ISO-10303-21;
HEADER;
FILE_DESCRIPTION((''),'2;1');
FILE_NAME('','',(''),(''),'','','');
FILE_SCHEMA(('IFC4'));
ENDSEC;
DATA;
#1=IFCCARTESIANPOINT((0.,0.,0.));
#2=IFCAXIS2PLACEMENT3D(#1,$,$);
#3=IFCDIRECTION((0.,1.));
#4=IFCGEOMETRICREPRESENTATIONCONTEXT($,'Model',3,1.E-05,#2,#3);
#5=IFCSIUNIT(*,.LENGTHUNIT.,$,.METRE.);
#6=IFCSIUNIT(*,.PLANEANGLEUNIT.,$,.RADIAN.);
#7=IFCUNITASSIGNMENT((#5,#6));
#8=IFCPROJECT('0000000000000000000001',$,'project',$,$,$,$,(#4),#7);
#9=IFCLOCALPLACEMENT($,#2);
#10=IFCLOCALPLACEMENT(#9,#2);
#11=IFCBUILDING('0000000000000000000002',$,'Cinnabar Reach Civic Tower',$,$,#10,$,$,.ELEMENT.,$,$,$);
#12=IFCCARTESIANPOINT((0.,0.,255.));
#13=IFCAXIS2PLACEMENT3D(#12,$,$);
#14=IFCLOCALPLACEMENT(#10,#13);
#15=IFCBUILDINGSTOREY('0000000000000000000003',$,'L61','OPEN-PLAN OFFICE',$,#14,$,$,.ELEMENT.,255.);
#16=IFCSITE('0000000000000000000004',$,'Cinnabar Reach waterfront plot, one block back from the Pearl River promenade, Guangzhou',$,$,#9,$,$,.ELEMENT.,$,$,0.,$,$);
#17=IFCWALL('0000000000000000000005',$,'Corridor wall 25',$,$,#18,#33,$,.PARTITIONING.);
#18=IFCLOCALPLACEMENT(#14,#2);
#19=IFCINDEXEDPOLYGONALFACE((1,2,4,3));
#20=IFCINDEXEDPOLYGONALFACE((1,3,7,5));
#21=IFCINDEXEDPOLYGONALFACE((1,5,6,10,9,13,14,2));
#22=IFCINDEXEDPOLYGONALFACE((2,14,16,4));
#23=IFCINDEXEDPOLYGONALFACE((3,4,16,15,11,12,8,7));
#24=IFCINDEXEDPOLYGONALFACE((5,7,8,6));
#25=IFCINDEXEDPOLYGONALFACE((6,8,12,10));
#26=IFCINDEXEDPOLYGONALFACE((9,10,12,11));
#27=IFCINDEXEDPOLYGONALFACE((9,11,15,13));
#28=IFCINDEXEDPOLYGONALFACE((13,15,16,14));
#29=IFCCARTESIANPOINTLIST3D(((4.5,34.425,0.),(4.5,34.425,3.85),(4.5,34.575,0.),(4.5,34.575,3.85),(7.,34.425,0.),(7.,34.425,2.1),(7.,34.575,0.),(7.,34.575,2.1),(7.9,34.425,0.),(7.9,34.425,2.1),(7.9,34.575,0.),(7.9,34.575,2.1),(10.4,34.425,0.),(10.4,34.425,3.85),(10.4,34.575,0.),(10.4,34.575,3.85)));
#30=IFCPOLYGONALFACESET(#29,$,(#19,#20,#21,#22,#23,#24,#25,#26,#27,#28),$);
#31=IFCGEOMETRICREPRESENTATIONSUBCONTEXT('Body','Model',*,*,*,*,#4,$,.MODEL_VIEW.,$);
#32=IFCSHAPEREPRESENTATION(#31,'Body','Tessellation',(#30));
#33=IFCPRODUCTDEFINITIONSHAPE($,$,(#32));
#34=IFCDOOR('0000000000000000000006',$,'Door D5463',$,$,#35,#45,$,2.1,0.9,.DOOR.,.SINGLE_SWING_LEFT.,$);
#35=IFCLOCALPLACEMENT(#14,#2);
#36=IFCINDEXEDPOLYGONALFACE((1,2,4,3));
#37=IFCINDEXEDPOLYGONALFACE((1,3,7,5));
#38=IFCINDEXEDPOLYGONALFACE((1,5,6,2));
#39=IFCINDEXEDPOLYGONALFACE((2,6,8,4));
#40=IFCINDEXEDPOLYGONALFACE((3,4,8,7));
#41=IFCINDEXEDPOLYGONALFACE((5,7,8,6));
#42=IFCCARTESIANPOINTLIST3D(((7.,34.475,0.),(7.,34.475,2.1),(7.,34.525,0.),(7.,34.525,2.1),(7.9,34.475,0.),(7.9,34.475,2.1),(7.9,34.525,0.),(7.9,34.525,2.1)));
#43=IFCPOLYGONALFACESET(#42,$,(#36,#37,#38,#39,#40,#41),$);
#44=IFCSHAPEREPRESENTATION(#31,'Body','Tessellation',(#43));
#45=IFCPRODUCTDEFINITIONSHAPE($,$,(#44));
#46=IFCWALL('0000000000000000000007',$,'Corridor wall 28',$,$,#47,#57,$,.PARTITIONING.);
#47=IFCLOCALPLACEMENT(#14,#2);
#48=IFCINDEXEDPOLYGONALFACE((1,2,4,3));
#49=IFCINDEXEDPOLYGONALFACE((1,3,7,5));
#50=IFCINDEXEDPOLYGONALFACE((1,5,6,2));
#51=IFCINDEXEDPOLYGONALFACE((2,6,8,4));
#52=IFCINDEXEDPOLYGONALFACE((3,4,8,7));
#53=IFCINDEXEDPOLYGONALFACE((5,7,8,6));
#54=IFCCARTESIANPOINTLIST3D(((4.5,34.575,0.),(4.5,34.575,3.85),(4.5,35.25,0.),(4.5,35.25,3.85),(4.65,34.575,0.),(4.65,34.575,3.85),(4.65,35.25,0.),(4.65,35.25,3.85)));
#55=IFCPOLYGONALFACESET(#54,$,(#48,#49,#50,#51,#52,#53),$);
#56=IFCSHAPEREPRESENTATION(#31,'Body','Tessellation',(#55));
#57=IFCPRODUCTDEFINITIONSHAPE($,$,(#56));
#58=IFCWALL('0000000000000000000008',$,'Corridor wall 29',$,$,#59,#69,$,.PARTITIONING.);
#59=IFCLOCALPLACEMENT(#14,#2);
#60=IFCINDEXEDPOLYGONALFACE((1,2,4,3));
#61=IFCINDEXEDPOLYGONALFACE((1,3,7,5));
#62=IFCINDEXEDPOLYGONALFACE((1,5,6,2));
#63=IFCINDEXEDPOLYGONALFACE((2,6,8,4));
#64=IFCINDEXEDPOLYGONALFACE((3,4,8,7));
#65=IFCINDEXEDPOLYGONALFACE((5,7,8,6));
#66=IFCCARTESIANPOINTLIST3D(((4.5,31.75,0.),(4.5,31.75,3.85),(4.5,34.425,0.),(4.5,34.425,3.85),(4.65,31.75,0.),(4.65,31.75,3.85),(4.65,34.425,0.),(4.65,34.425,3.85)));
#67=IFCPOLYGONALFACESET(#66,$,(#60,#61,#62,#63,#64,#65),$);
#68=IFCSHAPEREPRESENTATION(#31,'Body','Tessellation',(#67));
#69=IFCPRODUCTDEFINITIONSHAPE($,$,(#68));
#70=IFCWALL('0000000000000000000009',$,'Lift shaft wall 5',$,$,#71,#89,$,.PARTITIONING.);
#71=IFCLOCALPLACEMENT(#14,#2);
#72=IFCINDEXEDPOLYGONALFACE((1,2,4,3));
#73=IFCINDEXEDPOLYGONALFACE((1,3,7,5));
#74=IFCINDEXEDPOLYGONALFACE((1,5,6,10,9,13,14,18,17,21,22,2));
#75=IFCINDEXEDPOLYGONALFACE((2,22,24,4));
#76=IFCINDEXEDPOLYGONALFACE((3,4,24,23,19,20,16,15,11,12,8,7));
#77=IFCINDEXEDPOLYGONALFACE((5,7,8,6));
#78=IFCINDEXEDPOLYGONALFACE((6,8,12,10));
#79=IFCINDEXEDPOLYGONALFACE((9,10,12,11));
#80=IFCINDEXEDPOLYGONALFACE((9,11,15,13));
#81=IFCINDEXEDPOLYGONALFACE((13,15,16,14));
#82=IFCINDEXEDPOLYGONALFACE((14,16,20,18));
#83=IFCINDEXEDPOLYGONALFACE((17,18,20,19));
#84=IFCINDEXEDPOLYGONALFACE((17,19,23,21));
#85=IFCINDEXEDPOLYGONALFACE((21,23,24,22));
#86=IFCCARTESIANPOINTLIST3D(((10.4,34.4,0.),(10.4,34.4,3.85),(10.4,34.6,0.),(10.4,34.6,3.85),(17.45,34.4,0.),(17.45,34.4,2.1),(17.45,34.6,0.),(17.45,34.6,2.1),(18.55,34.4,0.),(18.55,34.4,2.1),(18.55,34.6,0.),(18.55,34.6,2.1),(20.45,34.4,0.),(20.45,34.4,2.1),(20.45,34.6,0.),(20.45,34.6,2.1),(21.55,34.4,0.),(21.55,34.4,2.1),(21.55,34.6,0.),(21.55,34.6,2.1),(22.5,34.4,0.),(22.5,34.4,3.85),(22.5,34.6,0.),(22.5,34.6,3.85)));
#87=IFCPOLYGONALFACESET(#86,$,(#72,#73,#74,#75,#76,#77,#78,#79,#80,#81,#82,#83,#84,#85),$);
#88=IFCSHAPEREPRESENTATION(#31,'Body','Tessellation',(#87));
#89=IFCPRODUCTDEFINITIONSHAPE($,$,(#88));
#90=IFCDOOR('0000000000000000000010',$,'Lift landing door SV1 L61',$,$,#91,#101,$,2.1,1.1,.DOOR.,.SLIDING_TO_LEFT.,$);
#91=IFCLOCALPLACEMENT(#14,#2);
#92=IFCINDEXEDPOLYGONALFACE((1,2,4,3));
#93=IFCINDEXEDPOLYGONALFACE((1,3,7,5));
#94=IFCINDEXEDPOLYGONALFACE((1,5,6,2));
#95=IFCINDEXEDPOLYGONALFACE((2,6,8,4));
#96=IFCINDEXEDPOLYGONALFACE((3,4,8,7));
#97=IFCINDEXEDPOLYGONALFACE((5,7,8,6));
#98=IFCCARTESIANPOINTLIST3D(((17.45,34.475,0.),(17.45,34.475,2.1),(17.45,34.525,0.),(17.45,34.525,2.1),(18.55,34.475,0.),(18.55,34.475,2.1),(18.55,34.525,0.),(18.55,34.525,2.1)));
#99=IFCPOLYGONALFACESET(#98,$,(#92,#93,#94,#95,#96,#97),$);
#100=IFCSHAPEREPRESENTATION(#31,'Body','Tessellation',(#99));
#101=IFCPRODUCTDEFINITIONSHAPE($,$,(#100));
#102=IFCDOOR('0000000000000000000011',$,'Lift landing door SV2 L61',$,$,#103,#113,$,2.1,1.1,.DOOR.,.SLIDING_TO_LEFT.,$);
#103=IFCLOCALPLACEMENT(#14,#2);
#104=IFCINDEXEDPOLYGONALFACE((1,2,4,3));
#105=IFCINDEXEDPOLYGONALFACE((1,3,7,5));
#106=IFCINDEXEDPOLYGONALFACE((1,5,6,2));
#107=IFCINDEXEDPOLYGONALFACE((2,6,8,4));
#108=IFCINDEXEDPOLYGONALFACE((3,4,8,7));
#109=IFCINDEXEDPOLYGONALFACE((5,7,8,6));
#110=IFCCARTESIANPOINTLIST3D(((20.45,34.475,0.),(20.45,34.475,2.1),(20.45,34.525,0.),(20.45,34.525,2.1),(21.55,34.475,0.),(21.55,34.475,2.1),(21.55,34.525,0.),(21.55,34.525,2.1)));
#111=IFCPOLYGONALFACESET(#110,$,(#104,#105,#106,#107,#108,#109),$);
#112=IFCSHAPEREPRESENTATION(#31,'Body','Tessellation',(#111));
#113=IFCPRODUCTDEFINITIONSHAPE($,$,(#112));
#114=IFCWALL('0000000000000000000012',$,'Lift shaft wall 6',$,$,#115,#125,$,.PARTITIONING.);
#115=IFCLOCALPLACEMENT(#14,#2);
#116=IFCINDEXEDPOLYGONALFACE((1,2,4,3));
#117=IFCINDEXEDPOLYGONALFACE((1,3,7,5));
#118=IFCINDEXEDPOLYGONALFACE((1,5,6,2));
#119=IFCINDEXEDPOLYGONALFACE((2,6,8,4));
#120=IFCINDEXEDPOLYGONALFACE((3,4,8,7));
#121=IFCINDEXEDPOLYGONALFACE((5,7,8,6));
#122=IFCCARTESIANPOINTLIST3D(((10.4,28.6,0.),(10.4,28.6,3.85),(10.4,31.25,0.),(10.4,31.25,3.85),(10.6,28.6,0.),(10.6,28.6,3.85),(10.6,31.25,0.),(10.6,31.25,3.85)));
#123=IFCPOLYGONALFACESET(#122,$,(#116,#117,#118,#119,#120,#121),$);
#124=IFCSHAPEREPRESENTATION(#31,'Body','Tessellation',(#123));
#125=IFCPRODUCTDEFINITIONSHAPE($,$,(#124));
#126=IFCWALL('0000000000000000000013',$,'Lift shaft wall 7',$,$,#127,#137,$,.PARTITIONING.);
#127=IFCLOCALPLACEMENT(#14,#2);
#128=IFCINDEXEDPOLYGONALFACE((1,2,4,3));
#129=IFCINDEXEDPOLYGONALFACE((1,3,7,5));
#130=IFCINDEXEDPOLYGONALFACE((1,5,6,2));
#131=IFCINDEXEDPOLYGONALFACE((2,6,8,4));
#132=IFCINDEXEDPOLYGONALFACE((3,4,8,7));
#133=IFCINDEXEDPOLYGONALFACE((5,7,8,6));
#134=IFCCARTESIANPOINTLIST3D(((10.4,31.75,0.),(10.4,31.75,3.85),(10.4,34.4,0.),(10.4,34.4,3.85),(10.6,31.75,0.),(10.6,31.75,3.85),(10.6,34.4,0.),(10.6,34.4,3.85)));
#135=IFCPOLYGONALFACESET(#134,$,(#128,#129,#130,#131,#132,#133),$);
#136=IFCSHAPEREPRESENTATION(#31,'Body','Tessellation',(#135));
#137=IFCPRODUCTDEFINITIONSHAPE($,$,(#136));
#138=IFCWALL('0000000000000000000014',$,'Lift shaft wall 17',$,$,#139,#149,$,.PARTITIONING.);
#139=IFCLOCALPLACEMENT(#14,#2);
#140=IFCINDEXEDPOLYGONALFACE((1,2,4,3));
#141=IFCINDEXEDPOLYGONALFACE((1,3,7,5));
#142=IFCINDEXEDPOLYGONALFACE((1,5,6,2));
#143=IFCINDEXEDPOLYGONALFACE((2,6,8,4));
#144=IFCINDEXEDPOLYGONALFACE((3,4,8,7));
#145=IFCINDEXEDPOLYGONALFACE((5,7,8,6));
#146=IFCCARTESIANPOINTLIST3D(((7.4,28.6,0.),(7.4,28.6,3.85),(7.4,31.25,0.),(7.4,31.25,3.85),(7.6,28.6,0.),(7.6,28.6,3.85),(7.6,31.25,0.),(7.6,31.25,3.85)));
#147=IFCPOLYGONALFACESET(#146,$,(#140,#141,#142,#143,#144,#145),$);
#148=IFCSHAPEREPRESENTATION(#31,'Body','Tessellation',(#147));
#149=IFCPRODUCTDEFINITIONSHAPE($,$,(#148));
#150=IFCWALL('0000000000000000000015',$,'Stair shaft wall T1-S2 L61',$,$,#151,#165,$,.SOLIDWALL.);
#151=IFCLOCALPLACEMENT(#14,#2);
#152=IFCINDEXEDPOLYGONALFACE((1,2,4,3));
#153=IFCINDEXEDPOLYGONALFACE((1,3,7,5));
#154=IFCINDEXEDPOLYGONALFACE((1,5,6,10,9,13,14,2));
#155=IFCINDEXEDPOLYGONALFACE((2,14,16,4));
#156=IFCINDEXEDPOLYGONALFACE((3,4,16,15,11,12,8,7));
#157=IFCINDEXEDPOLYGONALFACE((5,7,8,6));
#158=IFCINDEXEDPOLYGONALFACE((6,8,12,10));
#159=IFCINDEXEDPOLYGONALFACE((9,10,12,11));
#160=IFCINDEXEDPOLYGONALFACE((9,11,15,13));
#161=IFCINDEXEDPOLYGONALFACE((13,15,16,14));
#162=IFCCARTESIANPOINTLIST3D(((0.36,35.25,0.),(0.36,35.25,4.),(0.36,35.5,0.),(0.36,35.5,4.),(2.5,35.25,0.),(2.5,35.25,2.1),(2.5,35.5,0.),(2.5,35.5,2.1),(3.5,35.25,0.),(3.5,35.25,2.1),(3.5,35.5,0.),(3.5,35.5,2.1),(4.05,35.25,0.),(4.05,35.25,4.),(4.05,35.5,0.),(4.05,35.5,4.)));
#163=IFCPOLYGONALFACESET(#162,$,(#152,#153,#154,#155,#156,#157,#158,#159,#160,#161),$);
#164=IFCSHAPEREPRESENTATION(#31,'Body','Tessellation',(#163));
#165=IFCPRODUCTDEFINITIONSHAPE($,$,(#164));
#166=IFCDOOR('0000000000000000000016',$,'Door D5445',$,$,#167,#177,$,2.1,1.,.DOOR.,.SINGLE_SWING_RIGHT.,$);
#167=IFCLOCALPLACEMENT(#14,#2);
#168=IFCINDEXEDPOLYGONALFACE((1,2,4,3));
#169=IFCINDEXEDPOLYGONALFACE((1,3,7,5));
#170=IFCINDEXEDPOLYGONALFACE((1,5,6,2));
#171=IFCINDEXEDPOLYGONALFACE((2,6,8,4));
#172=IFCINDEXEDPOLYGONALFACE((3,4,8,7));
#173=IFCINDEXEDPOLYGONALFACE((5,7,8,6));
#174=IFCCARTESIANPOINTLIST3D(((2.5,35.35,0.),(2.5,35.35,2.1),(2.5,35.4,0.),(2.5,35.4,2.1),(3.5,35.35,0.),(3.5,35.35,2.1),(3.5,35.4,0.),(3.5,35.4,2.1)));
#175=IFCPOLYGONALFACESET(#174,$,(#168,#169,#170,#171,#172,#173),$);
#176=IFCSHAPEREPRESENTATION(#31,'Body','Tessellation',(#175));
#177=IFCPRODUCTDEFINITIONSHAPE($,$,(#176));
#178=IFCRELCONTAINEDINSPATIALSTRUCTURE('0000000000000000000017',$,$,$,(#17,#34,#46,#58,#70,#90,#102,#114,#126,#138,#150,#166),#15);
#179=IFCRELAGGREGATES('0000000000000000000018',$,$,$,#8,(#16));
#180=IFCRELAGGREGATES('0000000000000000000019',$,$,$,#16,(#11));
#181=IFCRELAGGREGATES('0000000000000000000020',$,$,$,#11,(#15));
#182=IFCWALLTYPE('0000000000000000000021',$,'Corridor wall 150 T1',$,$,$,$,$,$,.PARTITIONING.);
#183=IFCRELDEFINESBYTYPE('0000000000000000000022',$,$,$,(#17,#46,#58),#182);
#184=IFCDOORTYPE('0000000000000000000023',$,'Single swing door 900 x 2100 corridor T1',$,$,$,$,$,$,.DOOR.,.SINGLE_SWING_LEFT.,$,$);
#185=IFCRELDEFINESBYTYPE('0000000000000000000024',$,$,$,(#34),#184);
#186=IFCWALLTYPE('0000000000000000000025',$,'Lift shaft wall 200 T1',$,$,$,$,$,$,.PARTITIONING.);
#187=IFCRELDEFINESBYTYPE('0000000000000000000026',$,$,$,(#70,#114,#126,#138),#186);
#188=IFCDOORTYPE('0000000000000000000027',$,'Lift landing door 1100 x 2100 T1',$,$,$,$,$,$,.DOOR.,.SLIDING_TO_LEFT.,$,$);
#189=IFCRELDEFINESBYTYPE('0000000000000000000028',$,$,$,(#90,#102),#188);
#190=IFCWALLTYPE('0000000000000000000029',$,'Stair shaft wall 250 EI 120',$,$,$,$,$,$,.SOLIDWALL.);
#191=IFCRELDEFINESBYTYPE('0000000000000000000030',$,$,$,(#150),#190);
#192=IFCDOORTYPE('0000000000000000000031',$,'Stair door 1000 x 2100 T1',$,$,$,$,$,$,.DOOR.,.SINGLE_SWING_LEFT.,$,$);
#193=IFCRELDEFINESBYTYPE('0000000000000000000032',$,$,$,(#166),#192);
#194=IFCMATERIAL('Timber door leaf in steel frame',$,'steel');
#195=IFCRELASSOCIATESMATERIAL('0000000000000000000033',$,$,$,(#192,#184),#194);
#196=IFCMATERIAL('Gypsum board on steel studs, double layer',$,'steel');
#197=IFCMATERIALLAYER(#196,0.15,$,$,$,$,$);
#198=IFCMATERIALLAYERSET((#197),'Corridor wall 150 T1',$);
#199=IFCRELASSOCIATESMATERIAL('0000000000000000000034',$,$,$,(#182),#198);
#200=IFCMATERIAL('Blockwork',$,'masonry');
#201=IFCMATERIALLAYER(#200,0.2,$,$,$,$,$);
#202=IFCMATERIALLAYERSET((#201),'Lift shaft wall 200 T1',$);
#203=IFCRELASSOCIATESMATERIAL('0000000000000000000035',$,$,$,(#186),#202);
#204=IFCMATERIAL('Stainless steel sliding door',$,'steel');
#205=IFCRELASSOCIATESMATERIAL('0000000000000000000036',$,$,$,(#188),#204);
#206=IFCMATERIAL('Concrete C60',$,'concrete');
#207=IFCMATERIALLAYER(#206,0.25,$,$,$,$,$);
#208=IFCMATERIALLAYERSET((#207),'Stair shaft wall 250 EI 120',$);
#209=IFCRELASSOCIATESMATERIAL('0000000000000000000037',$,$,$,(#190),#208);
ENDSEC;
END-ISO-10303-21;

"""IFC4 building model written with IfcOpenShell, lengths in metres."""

from ifc_helpers import new_model, si_unit, direction, frame, frame_2d, origin, place, context, subcontext, project, spatial, rectangle, extrude, material, layer, layer_set, type_object, element, fill, save


model = new_model("IFC4")

# Units and contexts
model_context = context("Model", 3, precision=1e-05, world=origin(), true_north=direction((0.0, 1.0)))
body_context = subcontext(model_context, "Body", "Model", "MODEL_VIEW")
ifc_project = project(units=[si_unit("LENGTHUNIT", "METRE"), si_unit("PLANEANGLEUNIT", "RADIAN")], contexts=[model_context])

# Site, building, storey
site_placement = place(None, origin())
site = spatial("IfcSite", under=ifc_project, at=site_placement, Name="Cinnabar Reach waterfront plot, one block back from the Pearl River promenade, Guangzhou", CompositionType="ELEMENT", RefElevation=0.0)
building_placement = place(site_placement, origin())
building = spatial("IfcBuilding", under=site, at=building_placement, Name="Cinnabar Reach Civic Tower", CompositionType="ELEMENT")
storey_placement = place(building_placement, frame((0.0, 0.0, 255.0)))
storey = spatial("IfcBuildingStorey", under=building, at=storey_placement, Name="L61", Description="OPEN-PLAN OFFICE", CompositionType="ELEMENT", Elevation=255.0)

# Shared definitions
ifc_material_1 = material(Name="Concrete C60", Category="concrete")

# Shared definitions
ifc_material_2 = material(Name="Timber door leaf in steel frame", Category="steel")
door_type_1 = type_object("IfcDoorType", Name="Stair door 1000 x 2100 T1", OperationType="SINGLE_SWING_LEFT", PredefinedType="DOOR", material=ifc_material_2)

# Wall, opening, door
ifc_material_3 = material(Name="Gypsum board on steel studs, double layer", Category="steel")
ifc_layer_1 = layer(ifc_material_3, 0.15)
ifc_layer_set_1 = layer_set([ifc_layer_1], Name="Corridor wall 150 T1")
wall_type_1 = type_object("IfcWallType", Name="Corridor wall 150 T1", PredefinedType="PARTITIONING", material=ifc_layer_set_1)
wall_1_placement = place(storey_placement, frame((4.5, 34.5, 0.0), z_axis=(0.0, 0.0, 1.0), x_axis=(1.0, 0.0, 0.0)))
wall_1 = element("IfcWall", 1, at=wall_1_placement, inside=storey, type_object=wall_type_1, Name="Corridor wall 25", PredefinedType="PARTITIONING", context=body_context, shape_type="SweptSolid", body=[
    extrude(rectangle(XDim=5.9, YDim=0.15, at=frame_2d((2.95, 0.0))), origin(), (0.0, 0.0, 1.0), 3.85),
])
opening_1_placement = place(wall_1_placement, frame((2.5, 0.0, 0.0)))
opening_1 = element("IfcOpeningElement", 2, at=opening_1_placement, cuts=wall_1, PredefinedType="OPENING", context=body_context, shape_type="SweptSolid", body=[
    extrude(rectangle(XDim=0.9, YDim=2.1, at=frame_2d((0.45, 1.05))), frame((0.0, 0.085, 0.0), z_axis=(0.0, -1.0, 0.0), x_axis=(1.0, 0.0, 0.0)), (0.0, 0.0, 1.0), 0.17),
])
door_type_2 = type_object("IfcDoorType", Name="Single swing door 900 x 2100 corridor T1", OperationType="SINGLE_SWING_LEFT", PredefinedType="DOOR", material=ifc_material_2)
door_1_placement = place(opening_1_placement, frame((0.9, 0.0, 0.0), z_axis=(0.0, 0.0, 1.0), x_axis=(-1.0, 0.0, 0.0)))
door_1 = element("IfcDoor", 3, at=door_1_placement, inside=storey, type_object=door_type_2, Name="Door D5463", OperationType="SINGLE_SWING_LEFT", OverallHeight=2.1, OverallWidth=0.9, PredefinedType="DOOR", context=body_context, shape_type="SweptSolid", body=[
    extrude(rectangle(XDim=0.9, YDim=2.1, at=frame_2d((0.45, 1.05))), frame((0.0, 0.025, 0.0), z_axis=(0.0, -1.0, 0.0), x_axis=(1.0, 0.0, 0.0)), (0.0, 0.0, 1.0), 0.05),
])
fill(opening_1, door_1)

# Walls
wall_2_placement = place(storey_placement, frame((4.575, 34.575, 0.0), z_axis=(0.0, 0.0, 1.0), x_axis=(0.0, 1.0, 0.0)))
element("IfcWall", 4, at=wall_2_placement, inside=storey, type_object=wall_type_1, Name="Corridor wall 28", PredefinedType="PARTITIONING", context=body_context, shape_type="SweptSolid", body=[
    extrude(rectangle(XDim=0.675, YDim=0.15, at=frame_2d((0.3375, 0.0))), origin(), (0.0, 0.0, 1.0), 3.85),
])
wall_3_placement = place(storey_placement, frame((4.575, 31.75, 0.0), z_axis=(0.0, 0.0, 1.0), x_axis=(0.0, 1.0, 0.0)))
element("IfcWall", 5, at=wall_3_placement, inside=storey, type_object=wall_type_1, Name="Corridor wall 29", PredefinedType="PARTITIONING", context=body_context, shape_type="SweptSolid", body=[
    extrude(rectangle(XDim=2.675, YDim=0.15, at=frame_2d((1.3375, 0.0))), origin(), (0.0, 0.0, 1.0), 3.85),
])

# Wall, openings, doors
ifc_material_4 = material(Name="Blockwork", Category="masonry")
ifc_layer_2 = layer(ifc_material_4, 0.2)
ifc_layer_set_2 = layer_set([ifc_layer_2], Name="Lift shaft wall 200 T1")
wall_type_2 = type_object("IfcWallType", Name="Lift shaft wall 200 T1", PredefinedType="PARTITIONING", material=ifc_layer_set_2)
wall_4_placement = place(storey_placement, frame((10.4, 34.5, 0.0), z_axis=(0.0, 0.0, 1.0), x_axis=(1.0, 0.0, 0.0)))
wall_4 = element("IfcWall", 6, at=wall_4_placement, inside=storey, type_object=wall_type_2, Name="Lift shaft wall 5", PredefinedType="PARTITIONING", context=body_context, shape_type="SweptSolid", body=[
    extrude(rectangle(XDim=12.1, YDim=0.2, at=frame_2d((6.05, 0.0))), origin(), (0.0, 0.0, 1.0), 3.85),
])
opening_2_placement = place(wall_4_placement, frame((7.05, 0.0, 0.0)))
opening_2 = element("IfcOpeningElement", 7, at=opening_2_placement, cuts=wall_4, PredefinedType="OPENING", context=body_context, shape_type="SweptSolid", body=[
    extrude(rectangle(XDim=1.1, YDim=2.1, at=frame_2d((0.55, 1.05))), frame((0.0, 0.11, 0.0), z_axis=(0.0, -1.0, 0.0), x_axis=(1.0, 0.0, 0.0)), (0.0, 0.0, 1.0), 0.22),
])
opening_3_placement = place(wall_4_placement, frame((10.05, 0.0, 0.0)))
opening_3 = element("IfcOpeningElement", 8, at=opening_3_placement, cuts=wall_4, PredefinedType="OPENING", context=body_context, shape_type="SweptSolid", body=[
    extrude(rectangle(XDim=1.1, YDim=2.1, at=frame_2d((0.55, 1.05))), frame((0.0, 0.11, 0.0), z_axis=(0.0, -1.0, 0.0), x_axis=(1.0, 0.0, 0.0)), (0.0, 0.0, 1.0), 0.22),
])
ifc_material_5 = material(Name="Stainless steel sliding door", Category="steel")
door_type_3 = type_object("IfcDoorType", Name="Lift landing door 1100 x 2100 T1", OperationType="SLIDING_TO_LEFT", PredefinedType="DOOR", material=ifc_material_5)
door_2_placement = place(opening_2_placement, origin())
door_2 = element("IfcDoor", 9, at=door_2_placement, inside=storey, type_object=door_type_3, Name="Lift landing door SV1 L61", OperationType="SLIDING_TO_LEFT", OverallHeight=2.1, OverallWidth=1.1, PredefinedType="DOOR", context=body_context, shape_type="SweptSolid", body=[
    extrude(rectangle(XDim=1.1, YDim=2.1, at=frame_2d((0.55, 1.05))), frame((0.0, 0.025, 0.0), z_axis=(0.0, -1.0, 0.0), x_axis=(1.0, 0.0, 0.0)), (0.0, 0.0, 1.0), 0.05),
])
fill(opening_2, door_2)
door_3_placement = place(opening_3_placement, origin())
door_3 = element("IfcDoor", 10, at=door_3_placement, inside=storey, type_object=door_type_3, Name="Lift landing door SV2 L61", OperationType="SLIDING_TO_LEFT", OverallHeight=2.1, OverallWidth=1.1, PredefinedType="DOOR", context=body_context, shape_type="SweptSolid", body=[
    extrude(rectangle(XDim=1.1, YDim=2.1, at=frame_2d((0.55, 1.05))), frame((0.0, 0.025, 0.0), z_axis=(0.0, -1.0, 0.0), x_axis=(1.0, 0.0, 0.0)), (0.0, 0.0, 1.0), 0.05),
])
fill(opening_3, door_3)

# Walls
for number, where, z_axis, x_axis, name in (
    (11, (10.5, 28.6, 0.0), (0.0, 0.0, 1.0), (0.0, 1.0, 0.0), "Lift shaft wall 6"),
    (12, (10.5, 31.75, 0.0), (0.0, 0.0, 1.0), (0.0, 1.0, 0.0), "Lift shaft wall 7"),
    (13, (7.5, 28.6, 0.0), (0.0, 0.0, 1.0), (0.0, 1.0, 0.0), "Lift shaft wall 17"),
):
    element("IfcWall", number, at=place(storey_placement, frame(where, z_axis=z_axis, x_axis=x_axis)), inside=storey, type_object=wall_type_2, Name=name, PredefinedType="PARTITIONING", context=body_context, shape_type="SweptSolid", body=[
        extrude(rectangle(XDim=2.65, YDim=0.2, at=frame_2d((1.325, 0.0))), origin(), (0.0, 0.0, 1.0), 3.85),
    ])

# Wall, opening, door
ifc_layer_3 = layer(ifc_material_1, 0.25)
ifc_layer_set_3 = layer_set([ifc_layer_3], Name="Stair shaft wall 250 EI 120")
wall_type_3 = type_object("IfcWallType", Name="Stair shaft wall 250 EI 120", PredefinedType="SOLIDWALL", material=ifc_layer_set_3)
wall_5_placement = place(storey_placement, frame((0.36, 35.375, 0.0), z_axis=(0.0, 0.0, 1.0), x_axis=(1.0, 0.0, 0.0)))
wall_5 = element("IfcWall", 14, at=wall_5_placement, inside=storey, type_object=wall_type_3, Name="Stair shaft wall T1-S2 L61", PredefinedType="SOLIDWALL", context=body_context, shape_type="SweptSolid", body=[
    extrude(rectangle(XDim=3.69, YDim=0.25, at=frame_2d((1.845, 0.0))), origin(), (0.0, 0.0, 1.0), 4.0),
])
opening_4_placement = place(wall_5_placement, frame((2.14, 0.0, 0.0)))
opening_4 = element("IfcOpeningElement", 15, at=opening_4_placement, cuts=wall_5, PredefinedType="OPENING", context=body_context, shape_type="SweptSolid", body=[
    extrude(rectangle(XDim=1.0, YDim=2.1, at=frame_2d((0.5, 1.05))), frame((0.0, 0.135, 0.0), z_axis=(0.0, -1.0, 0.0), x_axis=(1.0, 0.0, 0.0)), (0.0, 0.0, 1.0), 0.27),
])
door_4_placement = place(opening_4_placement, origin())
door_4 = element("IfcDoor", 16, at=door_4_placement, inside=storey, type_object=door_type_1, Name="Door D5445", OperationType="SINGLE_SWING_RIGHT", OverallHeight=2.1, OverallWidth=1.0, PredefinedType="DOOR", context=body_context, shape_type="SweptSolid", body=[
    extrude(rectangle(XDim=1.0, YDim=2.1, at=frame_2d((0.5, 1.05))), frame((0.0, 0.025, 0.0), z_axis=(0.0, -1.0, 0.0), x_axis=(1.0, 0.0, 0.0)), (0.0, 0.0, 1.0), 0.05),
])
fill(opening_4, door_4)

save(model, "model.ifc")
